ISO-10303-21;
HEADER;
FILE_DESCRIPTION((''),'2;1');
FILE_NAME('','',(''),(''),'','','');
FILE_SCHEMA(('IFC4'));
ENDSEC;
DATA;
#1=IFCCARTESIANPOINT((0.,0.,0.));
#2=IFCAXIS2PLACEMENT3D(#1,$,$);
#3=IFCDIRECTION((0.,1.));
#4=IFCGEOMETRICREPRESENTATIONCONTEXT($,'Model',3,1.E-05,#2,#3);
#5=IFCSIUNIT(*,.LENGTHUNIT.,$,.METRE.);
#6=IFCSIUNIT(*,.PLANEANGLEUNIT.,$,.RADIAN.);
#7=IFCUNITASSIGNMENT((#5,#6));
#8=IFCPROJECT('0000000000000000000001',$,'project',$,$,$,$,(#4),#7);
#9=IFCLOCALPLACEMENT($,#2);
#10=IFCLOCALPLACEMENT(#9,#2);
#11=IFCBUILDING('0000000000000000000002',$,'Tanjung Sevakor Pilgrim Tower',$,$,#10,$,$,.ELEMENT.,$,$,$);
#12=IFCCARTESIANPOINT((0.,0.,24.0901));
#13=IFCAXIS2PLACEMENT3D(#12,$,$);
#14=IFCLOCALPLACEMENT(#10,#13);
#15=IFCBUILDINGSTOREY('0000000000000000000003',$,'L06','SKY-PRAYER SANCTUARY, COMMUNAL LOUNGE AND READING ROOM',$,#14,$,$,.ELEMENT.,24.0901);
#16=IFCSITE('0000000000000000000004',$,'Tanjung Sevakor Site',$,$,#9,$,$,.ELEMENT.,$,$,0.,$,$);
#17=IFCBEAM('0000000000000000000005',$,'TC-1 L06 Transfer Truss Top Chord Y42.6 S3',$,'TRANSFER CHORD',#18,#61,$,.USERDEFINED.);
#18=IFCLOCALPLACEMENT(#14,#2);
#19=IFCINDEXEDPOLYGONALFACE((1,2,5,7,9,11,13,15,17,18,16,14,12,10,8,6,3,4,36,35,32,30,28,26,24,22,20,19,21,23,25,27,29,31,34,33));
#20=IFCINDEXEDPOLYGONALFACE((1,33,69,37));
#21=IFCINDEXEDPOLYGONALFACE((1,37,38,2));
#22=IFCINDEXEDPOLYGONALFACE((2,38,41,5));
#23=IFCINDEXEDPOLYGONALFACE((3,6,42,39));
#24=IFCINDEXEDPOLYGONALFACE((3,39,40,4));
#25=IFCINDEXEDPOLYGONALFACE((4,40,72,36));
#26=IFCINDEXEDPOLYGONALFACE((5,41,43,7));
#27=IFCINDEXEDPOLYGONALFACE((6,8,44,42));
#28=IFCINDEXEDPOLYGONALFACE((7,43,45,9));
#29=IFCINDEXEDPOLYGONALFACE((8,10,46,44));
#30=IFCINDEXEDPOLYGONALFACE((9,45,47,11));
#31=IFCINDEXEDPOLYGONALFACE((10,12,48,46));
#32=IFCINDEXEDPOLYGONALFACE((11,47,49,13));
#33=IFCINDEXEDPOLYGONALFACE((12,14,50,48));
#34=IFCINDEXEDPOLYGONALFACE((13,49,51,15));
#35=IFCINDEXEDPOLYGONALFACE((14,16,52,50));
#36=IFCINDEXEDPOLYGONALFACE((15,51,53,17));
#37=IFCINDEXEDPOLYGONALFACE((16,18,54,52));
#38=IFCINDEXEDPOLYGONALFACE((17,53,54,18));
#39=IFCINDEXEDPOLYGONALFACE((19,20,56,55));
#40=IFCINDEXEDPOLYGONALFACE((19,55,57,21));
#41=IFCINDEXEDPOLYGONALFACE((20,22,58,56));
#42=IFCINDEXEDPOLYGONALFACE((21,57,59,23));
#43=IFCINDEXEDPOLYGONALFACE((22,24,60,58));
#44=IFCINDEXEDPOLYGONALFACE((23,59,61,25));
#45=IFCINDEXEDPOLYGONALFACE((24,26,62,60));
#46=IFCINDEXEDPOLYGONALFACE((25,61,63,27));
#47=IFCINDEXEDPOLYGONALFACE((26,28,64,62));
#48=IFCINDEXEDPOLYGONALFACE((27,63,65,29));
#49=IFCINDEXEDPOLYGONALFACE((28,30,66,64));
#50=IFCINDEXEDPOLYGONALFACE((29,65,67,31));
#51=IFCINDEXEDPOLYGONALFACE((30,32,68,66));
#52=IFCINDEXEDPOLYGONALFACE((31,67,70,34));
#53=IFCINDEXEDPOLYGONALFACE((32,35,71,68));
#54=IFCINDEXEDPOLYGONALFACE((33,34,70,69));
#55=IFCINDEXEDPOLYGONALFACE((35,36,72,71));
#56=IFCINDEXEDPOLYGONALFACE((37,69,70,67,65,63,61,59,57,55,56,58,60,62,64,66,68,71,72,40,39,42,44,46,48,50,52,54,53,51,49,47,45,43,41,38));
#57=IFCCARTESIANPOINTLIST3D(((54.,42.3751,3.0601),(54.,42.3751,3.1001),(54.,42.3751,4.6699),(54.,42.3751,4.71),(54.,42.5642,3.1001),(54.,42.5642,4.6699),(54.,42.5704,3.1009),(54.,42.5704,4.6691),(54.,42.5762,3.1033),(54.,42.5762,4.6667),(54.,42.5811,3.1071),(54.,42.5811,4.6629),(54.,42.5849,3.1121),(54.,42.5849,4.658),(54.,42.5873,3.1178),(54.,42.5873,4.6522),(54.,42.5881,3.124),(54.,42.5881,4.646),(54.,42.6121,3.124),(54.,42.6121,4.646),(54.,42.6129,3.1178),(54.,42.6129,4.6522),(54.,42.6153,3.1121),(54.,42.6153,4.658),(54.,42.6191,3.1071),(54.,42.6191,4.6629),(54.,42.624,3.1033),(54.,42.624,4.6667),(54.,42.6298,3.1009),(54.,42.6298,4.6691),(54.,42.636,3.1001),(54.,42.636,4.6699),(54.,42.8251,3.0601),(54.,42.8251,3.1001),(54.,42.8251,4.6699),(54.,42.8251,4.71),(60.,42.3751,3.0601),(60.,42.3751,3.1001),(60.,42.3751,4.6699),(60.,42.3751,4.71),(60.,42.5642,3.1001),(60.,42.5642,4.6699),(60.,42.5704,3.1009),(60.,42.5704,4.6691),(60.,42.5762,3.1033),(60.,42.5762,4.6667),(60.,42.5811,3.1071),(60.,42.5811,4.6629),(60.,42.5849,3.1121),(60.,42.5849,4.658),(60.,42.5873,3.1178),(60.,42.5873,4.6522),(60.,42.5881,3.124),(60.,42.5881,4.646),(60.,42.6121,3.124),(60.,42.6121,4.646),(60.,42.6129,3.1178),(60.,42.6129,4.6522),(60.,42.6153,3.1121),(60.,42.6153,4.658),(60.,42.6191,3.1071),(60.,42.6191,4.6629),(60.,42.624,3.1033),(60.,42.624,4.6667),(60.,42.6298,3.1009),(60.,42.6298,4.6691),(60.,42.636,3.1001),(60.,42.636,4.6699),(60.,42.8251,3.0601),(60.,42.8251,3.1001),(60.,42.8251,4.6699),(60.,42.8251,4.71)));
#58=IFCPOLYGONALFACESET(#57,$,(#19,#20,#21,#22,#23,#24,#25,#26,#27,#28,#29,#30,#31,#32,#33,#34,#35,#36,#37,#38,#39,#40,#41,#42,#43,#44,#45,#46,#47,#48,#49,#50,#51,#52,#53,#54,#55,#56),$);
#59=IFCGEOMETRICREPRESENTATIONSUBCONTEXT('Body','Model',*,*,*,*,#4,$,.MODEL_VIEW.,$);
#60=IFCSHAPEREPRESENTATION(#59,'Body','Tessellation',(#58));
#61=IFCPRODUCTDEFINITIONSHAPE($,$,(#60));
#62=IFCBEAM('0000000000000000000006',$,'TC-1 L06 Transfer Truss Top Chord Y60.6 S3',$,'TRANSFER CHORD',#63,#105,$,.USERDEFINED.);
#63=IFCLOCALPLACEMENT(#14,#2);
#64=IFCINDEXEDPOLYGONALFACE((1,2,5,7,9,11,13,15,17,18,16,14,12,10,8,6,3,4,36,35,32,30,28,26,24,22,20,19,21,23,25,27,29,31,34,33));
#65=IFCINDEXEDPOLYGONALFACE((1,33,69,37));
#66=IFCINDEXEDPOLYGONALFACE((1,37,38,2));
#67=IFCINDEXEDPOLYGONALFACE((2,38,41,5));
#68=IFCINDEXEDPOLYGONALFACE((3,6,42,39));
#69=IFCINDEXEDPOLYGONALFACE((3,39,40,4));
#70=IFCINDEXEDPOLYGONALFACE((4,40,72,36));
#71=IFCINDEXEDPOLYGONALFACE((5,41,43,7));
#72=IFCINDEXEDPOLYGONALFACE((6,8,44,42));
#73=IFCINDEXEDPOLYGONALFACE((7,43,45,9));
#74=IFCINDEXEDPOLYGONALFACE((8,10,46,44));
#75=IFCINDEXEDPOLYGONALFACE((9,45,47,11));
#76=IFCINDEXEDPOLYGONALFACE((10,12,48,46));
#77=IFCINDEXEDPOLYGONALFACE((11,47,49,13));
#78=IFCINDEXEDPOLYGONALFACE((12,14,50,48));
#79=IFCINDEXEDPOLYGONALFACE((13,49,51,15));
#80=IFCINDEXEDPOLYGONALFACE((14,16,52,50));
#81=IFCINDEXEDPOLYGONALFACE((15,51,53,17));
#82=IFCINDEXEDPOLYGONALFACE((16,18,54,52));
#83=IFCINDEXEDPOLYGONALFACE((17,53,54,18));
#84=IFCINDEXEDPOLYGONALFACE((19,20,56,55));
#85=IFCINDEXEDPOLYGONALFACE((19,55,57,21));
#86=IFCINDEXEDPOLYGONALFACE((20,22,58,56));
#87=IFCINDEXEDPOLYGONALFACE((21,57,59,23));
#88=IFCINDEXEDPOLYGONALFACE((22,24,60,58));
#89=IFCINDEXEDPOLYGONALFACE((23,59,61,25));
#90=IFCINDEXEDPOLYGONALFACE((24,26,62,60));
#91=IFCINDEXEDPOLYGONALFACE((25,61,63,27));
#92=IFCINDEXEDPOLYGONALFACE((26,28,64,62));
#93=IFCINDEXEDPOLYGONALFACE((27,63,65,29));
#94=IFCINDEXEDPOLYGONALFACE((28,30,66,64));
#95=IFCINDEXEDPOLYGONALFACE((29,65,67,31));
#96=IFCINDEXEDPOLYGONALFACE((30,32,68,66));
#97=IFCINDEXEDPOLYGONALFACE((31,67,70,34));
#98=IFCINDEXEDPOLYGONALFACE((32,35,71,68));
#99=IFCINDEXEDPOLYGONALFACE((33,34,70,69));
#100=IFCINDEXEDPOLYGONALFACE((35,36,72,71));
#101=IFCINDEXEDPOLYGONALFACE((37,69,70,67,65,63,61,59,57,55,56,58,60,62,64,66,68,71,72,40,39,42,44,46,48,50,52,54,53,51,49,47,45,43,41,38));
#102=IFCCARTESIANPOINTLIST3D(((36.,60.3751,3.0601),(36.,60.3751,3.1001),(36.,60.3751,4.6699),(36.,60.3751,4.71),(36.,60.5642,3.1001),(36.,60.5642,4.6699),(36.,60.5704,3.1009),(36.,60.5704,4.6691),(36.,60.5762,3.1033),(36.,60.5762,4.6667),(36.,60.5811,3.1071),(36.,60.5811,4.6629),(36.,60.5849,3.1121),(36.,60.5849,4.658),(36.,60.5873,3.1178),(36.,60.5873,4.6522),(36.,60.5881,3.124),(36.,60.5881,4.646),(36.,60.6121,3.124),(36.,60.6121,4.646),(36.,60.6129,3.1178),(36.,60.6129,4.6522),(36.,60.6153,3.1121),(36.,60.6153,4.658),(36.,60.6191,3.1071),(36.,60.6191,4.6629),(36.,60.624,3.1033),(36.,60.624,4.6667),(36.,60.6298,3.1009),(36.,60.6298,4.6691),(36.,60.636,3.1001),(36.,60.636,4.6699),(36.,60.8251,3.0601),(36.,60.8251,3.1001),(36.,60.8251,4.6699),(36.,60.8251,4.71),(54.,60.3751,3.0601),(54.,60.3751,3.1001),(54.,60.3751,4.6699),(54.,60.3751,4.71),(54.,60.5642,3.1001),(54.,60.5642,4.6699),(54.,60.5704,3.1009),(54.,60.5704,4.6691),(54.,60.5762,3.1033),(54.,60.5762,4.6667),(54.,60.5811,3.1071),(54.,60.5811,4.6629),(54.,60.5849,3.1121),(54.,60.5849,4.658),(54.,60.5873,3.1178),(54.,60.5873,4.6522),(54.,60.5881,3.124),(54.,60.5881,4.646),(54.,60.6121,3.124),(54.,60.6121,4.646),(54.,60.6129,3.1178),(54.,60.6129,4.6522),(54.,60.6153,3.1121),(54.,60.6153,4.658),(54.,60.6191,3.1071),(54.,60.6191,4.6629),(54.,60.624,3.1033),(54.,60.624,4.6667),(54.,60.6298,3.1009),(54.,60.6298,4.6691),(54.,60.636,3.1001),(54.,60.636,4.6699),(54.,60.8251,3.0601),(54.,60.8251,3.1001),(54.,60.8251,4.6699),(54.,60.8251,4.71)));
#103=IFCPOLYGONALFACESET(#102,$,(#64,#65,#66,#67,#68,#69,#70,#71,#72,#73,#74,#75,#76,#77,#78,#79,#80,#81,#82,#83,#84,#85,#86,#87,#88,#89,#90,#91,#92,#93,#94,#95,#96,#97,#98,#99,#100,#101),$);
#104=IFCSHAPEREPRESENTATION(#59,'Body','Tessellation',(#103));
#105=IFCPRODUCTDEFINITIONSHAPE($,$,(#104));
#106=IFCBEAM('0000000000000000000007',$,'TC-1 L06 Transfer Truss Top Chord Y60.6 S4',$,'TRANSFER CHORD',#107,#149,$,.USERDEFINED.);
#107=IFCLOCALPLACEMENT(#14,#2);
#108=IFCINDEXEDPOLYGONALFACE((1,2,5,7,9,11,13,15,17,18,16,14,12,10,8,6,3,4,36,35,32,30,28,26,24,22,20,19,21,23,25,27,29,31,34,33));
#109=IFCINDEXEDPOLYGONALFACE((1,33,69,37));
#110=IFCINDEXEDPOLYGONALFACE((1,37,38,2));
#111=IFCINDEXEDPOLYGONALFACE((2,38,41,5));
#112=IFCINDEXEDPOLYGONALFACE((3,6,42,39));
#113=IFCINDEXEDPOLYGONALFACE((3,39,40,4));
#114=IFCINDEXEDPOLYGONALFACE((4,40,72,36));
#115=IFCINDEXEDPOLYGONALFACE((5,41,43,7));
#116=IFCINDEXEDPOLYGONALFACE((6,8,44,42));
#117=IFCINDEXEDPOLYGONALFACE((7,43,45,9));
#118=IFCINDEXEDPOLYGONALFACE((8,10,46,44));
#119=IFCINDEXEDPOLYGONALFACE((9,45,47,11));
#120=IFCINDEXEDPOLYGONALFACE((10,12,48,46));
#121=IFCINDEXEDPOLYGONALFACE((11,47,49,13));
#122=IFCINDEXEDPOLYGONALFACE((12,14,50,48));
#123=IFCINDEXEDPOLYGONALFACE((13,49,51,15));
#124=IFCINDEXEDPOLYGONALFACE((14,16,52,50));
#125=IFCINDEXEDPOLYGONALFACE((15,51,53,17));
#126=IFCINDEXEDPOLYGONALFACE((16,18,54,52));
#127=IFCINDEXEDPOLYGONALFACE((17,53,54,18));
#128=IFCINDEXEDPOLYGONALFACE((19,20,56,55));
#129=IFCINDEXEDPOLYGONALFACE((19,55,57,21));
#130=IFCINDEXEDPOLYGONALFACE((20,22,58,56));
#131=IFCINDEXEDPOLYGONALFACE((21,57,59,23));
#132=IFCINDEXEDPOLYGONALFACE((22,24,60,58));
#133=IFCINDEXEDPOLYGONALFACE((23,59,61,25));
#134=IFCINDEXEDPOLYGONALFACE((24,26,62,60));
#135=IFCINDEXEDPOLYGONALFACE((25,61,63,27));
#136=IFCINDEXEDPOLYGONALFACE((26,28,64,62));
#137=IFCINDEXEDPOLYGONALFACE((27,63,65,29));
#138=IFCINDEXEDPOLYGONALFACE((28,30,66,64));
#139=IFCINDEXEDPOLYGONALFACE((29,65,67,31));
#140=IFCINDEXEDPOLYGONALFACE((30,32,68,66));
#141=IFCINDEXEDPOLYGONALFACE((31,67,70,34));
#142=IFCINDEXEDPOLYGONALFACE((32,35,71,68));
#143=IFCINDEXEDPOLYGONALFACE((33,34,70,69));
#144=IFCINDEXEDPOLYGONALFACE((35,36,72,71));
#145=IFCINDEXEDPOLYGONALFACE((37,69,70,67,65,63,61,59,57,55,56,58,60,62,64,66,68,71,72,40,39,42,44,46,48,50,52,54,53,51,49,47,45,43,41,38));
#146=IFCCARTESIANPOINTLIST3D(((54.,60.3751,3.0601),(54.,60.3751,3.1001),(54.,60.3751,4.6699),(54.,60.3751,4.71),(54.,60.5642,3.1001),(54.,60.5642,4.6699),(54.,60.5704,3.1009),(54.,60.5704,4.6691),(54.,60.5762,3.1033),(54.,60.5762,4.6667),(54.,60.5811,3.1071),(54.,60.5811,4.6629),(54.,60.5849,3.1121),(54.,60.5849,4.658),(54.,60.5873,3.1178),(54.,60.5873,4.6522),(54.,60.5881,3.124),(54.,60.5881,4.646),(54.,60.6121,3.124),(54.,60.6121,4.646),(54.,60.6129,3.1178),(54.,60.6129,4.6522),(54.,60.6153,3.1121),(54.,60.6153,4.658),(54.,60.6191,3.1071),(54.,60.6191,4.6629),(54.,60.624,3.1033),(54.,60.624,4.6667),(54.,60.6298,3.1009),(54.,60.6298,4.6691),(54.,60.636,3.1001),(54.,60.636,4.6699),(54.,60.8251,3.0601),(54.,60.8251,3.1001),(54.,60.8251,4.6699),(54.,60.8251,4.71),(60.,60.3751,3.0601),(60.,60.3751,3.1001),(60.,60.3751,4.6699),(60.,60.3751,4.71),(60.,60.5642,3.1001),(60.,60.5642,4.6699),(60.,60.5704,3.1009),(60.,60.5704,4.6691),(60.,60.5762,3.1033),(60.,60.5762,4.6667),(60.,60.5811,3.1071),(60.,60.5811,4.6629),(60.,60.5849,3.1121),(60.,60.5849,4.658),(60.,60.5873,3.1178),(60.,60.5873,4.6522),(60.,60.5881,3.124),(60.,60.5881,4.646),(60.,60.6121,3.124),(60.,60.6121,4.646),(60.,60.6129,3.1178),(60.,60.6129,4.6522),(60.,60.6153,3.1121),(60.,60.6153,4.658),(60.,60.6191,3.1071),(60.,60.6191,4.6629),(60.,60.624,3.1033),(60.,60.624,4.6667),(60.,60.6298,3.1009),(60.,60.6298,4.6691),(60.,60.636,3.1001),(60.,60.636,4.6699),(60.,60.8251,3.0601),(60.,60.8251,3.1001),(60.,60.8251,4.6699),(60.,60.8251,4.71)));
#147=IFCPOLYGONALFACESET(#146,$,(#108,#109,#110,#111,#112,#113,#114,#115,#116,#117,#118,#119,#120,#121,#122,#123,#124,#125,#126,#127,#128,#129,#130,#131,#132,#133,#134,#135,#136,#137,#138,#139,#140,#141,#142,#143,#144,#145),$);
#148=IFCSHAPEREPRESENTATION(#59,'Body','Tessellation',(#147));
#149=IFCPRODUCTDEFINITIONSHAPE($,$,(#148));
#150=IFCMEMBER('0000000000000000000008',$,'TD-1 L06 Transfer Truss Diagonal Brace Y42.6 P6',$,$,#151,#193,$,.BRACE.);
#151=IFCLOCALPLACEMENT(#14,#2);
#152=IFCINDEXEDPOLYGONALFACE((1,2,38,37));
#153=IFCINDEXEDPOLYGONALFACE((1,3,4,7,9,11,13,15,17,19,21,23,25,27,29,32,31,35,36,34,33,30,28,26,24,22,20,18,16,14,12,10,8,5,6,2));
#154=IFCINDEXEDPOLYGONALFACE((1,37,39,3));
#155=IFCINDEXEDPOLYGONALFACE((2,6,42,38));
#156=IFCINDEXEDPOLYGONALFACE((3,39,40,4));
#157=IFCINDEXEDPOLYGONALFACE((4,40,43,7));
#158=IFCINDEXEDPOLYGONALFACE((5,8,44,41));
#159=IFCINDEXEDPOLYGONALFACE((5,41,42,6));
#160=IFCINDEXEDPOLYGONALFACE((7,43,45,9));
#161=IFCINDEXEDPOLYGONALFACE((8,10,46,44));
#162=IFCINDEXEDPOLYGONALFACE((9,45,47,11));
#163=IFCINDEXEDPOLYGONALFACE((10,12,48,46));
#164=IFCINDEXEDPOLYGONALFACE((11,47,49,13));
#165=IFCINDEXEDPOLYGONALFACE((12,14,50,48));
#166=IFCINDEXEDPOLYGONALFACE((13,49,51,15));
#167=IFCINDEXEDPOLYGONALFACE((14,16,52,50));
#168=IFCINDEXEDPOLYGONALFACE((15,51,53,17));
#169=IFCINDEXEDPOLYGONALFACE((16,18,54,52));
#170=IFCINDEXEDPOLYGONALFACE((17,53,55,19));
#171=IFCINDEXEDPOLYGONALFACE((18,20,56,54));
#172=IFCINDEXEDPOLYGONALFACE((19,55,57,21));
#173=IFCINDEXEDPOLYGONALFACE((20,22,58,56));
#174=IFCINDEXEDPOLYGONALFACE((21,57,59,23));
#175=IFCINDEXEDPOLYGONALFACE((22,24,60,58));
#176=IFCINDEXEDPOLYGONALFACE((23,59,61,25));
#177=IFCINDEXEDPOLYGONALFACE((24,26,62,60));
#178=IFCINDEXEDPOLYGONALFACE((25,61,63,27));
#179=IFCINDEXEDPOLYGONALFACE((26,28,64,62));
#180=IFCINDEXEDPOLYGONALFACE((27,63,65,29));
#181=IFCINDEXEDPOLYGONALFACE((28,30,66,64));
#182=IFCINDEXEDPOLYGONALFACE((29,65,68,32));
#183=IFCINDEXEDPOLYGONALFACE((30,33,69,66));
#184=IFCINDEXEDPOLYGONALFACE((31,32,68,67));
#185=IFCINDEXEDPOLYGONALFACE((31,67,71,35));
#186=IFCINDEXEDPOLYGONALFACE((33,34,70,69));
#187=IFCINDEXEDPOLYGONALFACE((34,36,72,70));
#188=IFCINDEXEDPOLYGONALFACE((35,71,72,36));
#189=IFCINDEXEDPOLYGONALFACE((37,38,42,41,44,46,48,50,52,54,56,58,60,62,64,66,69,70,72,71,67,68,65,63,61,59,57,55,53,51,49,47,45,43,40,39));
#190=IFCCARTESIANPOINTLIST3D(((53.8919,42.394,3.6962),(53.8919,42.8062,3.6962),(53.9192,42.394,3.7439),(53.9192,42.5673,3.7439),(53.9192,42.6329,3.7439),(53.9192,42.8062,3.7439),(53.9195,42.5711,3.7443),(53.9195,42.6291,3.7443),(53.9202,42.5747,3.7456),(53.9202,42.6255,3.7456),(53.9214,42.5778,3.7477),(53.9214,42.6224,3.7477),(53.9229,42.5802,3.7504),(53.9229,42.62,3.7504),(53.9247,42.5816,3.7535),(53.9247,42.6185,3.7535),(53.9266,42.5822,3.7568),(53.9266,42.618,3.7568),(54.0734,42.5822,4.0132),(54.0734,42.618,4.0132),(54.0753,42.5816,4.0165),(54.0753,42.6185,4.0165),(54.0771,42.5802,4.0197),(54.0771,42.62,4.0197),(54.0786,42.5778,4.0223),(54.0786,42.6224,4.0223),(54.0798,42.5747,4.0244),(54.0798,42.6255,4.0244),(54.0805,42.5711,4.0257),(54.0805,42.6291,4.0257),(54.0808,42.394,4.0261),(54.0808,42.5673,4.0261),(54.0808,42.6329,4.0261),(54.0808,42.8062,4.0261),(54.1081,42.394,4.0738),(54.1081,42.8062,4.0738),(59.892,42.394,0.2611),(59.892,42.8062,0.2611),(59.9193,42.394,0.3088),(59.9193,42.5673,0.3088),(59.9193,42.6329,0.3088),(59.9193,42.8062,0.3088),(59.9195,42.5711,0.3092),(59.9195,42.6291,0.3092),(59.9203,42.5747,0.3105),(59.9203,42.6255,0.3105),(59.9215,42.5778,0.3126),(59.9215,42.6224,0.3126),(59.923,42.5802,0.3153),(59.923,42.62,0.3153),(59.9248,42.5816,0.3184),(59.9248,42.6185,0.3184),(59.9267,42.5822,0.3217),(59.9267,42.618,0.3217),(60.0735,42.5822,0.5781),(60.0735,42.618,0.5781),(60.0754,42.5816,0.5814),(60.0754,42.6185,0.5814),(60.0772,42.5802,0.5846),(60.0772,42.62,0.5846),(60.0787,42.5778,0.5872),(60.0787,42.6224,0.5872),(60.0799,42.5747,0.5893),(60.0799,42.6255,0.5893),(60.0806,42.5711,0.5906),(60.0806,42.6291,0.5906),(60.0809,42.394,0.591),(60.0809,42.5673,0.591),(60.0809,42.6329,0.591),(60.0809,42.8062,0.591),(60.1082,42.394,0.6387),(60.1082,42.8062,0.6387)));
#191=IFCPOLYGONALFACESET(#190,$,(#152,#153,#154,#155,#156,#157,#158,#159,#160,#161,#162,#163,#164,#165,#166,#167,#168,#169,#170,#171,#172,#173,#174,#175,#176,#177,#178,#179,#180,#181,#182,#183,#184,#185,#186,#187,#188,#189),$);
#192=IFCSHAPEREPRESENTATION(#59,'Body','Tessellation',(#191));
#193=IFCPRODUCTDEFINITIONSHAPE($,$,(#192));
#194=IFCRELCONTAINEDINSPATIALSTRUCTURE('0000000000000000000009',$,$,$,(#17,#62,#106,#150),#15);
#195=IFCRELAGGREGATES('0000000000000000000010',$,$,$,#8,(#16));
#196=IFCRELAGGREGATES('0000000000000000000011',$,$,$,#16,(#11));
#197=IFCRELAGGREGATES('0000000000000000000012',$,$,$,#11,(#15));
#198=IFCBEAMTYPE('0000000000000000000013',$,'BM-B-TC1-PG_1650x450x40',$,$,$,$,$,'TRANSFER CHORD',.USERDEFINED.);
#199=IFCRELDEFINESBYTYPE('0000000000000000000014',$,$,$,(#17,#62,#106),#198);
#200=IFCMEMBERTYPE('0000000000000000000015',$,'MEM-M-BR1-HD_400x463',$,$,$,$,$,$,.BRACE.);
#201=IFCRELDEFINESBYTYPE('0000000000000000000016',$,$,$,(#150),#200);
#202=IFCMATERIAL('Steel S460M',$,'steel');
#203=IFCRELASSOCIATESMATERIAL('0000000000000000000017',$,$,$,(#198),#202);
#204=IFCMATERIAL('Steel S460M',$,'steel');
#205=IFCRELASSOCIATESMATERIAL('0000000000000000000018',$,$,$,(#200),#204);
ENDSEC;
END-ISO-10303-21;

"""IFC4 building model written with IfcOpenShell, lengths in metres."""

from ifc_helpers import new_model, si_unit, direction, frame, origin, origin_2d, place, context, subcontext, project, spatial, i_section, extrude, material, material_profile, profile_set, type_object, element, save


model = new_model("IFC4")

# Units and contexts
model_context = context("Model", 3, precision=1e-05, world=origin(), true_north=direction((0.0, 1.0)))
body_context = subcontext(model_context, "Body", "Model", "MODEL_VIEW")
ifc_project = project(units=[si_unit("LENGTHUNIT", "METRE"), si_unit("PLANEANGLEUNIT", "RADIAN")], contexts=[model_context])

# Site, building, storey
site_placement = place(None, origin())
site = spatial("IfcSite", under=ifc_project, at=site_placement, Name="Tanjung Sevakor Site", CompositionType="ELEMENT", RefElevation=0.0)
building_placement = place(site_placement, origin())
building = spatial("IfcBuilding", under=site, at=building_placement, Name="Tanjung Sevakor Pilgrim Tower", CompositionType="ELEMENT")
storey_placement = place(building_placement, frame((0.0, 0.0, 24.0901)))
storey = spatial("IfcBuildingStorey", under=building, at=storey_placement, Name="L06", Description="SKY-PRAYER SANCTUARY, COMMUNAL LOUNGE AND READING ROOM", CompositionType="ELEMENT", Elevation=24.0901)

# Beams
ifc_material_1 = material(Name="Steel S460M", Category="steel")
ifc_material_profile_1 = material_profile(ifc_material_1, i_section(OverallWidth=0.45, OverallDepth=1.6499, WebThickness=0.0239, FlangeThickness=0.04, FilletRadius=0.0239, at=origin_2d()))
ifc_profile_set_1 = profile_set([ifc_material_profile_1], Name="Steel S460M")
beam_type_1 = type_object("IfcBeamType", Name="BM-B-TC1-PG_1650x450x40", ElementType="TRANSFER CHORD", PredefinedType="USERDEFINED", material=ifc_profile_set_1)
beam_1_placement = place(storey_placement, frame((54.0, 42.6001, 3.885), z_axis=(1.0, 0.0, 0.0), x_axis=(0.0, 1.0, 0.0)))
element("IfcBeam", 1, at=beam_1_placement, inside=storey, type_object=beam_type_1, Name="TC-1 L06 Transfer Truss Top Chord Y42.6 S3", ObjectType="TRANSFER CHORD", PredefinedType="USERDEFINED", context=body_context, shape_type="SweptSolid", body=[
    extrude(i_section(OverallWidth=0.45, OverallDepth=1.6499, WebThickness=0.0239, FlangeThickness=0.04, FilletRadius=0.0239, at=origin_2d()), origin(), (0.0, 0.0, 1.0), 6.0),
])
beam_2_placement = place(storey_placement, frame((36.0, 60.6001, 3.885), z_axis=(1.0, 0.0, 0.0), x_axis=(0.0, 1.0, 0.0)))
element("IfcBeam", 2, at=beam_2_placement, inside=storey, type_object=beam_type_1, Name="TC-1 L06 Transfer Truss Top Chord Y60.6 S3", ObjectType="TRANSFER CHORD", PredefinedType="USERDEFINED", context=body_context, shape_type="SweptSolid", body=[
    extrude(i_section(OverallWidth=0.45, OverallDepth=1.6499, WebThickness=0.0239, FlangeThickness=0.04, FilletRadius=0.0239, at=origin_2d()), origin(), (0.0, 0.0, 1.0), 18.0),
])
beam_3_placement = place(storey_placement, frame((54.0, 60.6001, 3.885), z_axis=(1.0, 0.0, 0.0), x_axis=(0.0, 1.0, 0.0)))
element("IfcBeam", 3, at=beam_3_placement, inside=storey, type_object=beam_type_1, Name="TC-1 L06 Transfer Truss Top Chord Y60.6 S4", ObjectType="TRANSFER CHORD", PredefinedType="USERDEFINED", context=body_context, shape_type="SweptSolid", body=[
    extrude(i_section(OverallWidth=0.45, OverallDepth=1.6499, WebThickness=0.0239, FlangeThickness=0.04, FilletRadius=0.0239, at=origin_2d()), origin(), (0.0, 0.0, 1.0), 6.0),
])

# Member
ifc_material_2 = material(Name="Steel S460M", Category="steel")
ifc_material_profile_2 = material_profile(ifc_material_2, i_section(OverallWidth=0.4121, OverallDepth=0.4351, WebThickness=0.0359, FlangeThickness=0.0549, FilletRadius=0.0149, at=origin_2d()))
ifc_profile_set_2 = profile_set([ifc_material_profile_2], Name="Steel S460M")
member_type_1 = type_object("IfcMemberType", Name="MEM-M-BR1-HD_400x463", PredefinedType="BRACE", material=ifc_profile_set_2)
member_1_placement = place(storey_placement, frame((54.0, 42.6001, 3.885), z_axis=(0.867839, 0.0, -0.496846), x_axis=(0.0, 1.0, 0.0)))
element("IfcMember", 4, at=member_1_placement, inside=storey, type_object=member_type_1, Name="TD-1 L06 Transfer Truss Diagonal Brace Y42.6 P6", PredefinedType="BRACE", context=body_context, shape_type="SweptSolid", body=[
    extrude(i_section(OverallWidth=0.4121, OverallDepth=0.4351, WebThickness=0.0359, FlangeThickness=0.0549, FilletRadius=0.0149, at=origin_2d()), origin(), (0.0, 0.0, 1.0), 6.9138),
])

save(model, "model.ifc")
